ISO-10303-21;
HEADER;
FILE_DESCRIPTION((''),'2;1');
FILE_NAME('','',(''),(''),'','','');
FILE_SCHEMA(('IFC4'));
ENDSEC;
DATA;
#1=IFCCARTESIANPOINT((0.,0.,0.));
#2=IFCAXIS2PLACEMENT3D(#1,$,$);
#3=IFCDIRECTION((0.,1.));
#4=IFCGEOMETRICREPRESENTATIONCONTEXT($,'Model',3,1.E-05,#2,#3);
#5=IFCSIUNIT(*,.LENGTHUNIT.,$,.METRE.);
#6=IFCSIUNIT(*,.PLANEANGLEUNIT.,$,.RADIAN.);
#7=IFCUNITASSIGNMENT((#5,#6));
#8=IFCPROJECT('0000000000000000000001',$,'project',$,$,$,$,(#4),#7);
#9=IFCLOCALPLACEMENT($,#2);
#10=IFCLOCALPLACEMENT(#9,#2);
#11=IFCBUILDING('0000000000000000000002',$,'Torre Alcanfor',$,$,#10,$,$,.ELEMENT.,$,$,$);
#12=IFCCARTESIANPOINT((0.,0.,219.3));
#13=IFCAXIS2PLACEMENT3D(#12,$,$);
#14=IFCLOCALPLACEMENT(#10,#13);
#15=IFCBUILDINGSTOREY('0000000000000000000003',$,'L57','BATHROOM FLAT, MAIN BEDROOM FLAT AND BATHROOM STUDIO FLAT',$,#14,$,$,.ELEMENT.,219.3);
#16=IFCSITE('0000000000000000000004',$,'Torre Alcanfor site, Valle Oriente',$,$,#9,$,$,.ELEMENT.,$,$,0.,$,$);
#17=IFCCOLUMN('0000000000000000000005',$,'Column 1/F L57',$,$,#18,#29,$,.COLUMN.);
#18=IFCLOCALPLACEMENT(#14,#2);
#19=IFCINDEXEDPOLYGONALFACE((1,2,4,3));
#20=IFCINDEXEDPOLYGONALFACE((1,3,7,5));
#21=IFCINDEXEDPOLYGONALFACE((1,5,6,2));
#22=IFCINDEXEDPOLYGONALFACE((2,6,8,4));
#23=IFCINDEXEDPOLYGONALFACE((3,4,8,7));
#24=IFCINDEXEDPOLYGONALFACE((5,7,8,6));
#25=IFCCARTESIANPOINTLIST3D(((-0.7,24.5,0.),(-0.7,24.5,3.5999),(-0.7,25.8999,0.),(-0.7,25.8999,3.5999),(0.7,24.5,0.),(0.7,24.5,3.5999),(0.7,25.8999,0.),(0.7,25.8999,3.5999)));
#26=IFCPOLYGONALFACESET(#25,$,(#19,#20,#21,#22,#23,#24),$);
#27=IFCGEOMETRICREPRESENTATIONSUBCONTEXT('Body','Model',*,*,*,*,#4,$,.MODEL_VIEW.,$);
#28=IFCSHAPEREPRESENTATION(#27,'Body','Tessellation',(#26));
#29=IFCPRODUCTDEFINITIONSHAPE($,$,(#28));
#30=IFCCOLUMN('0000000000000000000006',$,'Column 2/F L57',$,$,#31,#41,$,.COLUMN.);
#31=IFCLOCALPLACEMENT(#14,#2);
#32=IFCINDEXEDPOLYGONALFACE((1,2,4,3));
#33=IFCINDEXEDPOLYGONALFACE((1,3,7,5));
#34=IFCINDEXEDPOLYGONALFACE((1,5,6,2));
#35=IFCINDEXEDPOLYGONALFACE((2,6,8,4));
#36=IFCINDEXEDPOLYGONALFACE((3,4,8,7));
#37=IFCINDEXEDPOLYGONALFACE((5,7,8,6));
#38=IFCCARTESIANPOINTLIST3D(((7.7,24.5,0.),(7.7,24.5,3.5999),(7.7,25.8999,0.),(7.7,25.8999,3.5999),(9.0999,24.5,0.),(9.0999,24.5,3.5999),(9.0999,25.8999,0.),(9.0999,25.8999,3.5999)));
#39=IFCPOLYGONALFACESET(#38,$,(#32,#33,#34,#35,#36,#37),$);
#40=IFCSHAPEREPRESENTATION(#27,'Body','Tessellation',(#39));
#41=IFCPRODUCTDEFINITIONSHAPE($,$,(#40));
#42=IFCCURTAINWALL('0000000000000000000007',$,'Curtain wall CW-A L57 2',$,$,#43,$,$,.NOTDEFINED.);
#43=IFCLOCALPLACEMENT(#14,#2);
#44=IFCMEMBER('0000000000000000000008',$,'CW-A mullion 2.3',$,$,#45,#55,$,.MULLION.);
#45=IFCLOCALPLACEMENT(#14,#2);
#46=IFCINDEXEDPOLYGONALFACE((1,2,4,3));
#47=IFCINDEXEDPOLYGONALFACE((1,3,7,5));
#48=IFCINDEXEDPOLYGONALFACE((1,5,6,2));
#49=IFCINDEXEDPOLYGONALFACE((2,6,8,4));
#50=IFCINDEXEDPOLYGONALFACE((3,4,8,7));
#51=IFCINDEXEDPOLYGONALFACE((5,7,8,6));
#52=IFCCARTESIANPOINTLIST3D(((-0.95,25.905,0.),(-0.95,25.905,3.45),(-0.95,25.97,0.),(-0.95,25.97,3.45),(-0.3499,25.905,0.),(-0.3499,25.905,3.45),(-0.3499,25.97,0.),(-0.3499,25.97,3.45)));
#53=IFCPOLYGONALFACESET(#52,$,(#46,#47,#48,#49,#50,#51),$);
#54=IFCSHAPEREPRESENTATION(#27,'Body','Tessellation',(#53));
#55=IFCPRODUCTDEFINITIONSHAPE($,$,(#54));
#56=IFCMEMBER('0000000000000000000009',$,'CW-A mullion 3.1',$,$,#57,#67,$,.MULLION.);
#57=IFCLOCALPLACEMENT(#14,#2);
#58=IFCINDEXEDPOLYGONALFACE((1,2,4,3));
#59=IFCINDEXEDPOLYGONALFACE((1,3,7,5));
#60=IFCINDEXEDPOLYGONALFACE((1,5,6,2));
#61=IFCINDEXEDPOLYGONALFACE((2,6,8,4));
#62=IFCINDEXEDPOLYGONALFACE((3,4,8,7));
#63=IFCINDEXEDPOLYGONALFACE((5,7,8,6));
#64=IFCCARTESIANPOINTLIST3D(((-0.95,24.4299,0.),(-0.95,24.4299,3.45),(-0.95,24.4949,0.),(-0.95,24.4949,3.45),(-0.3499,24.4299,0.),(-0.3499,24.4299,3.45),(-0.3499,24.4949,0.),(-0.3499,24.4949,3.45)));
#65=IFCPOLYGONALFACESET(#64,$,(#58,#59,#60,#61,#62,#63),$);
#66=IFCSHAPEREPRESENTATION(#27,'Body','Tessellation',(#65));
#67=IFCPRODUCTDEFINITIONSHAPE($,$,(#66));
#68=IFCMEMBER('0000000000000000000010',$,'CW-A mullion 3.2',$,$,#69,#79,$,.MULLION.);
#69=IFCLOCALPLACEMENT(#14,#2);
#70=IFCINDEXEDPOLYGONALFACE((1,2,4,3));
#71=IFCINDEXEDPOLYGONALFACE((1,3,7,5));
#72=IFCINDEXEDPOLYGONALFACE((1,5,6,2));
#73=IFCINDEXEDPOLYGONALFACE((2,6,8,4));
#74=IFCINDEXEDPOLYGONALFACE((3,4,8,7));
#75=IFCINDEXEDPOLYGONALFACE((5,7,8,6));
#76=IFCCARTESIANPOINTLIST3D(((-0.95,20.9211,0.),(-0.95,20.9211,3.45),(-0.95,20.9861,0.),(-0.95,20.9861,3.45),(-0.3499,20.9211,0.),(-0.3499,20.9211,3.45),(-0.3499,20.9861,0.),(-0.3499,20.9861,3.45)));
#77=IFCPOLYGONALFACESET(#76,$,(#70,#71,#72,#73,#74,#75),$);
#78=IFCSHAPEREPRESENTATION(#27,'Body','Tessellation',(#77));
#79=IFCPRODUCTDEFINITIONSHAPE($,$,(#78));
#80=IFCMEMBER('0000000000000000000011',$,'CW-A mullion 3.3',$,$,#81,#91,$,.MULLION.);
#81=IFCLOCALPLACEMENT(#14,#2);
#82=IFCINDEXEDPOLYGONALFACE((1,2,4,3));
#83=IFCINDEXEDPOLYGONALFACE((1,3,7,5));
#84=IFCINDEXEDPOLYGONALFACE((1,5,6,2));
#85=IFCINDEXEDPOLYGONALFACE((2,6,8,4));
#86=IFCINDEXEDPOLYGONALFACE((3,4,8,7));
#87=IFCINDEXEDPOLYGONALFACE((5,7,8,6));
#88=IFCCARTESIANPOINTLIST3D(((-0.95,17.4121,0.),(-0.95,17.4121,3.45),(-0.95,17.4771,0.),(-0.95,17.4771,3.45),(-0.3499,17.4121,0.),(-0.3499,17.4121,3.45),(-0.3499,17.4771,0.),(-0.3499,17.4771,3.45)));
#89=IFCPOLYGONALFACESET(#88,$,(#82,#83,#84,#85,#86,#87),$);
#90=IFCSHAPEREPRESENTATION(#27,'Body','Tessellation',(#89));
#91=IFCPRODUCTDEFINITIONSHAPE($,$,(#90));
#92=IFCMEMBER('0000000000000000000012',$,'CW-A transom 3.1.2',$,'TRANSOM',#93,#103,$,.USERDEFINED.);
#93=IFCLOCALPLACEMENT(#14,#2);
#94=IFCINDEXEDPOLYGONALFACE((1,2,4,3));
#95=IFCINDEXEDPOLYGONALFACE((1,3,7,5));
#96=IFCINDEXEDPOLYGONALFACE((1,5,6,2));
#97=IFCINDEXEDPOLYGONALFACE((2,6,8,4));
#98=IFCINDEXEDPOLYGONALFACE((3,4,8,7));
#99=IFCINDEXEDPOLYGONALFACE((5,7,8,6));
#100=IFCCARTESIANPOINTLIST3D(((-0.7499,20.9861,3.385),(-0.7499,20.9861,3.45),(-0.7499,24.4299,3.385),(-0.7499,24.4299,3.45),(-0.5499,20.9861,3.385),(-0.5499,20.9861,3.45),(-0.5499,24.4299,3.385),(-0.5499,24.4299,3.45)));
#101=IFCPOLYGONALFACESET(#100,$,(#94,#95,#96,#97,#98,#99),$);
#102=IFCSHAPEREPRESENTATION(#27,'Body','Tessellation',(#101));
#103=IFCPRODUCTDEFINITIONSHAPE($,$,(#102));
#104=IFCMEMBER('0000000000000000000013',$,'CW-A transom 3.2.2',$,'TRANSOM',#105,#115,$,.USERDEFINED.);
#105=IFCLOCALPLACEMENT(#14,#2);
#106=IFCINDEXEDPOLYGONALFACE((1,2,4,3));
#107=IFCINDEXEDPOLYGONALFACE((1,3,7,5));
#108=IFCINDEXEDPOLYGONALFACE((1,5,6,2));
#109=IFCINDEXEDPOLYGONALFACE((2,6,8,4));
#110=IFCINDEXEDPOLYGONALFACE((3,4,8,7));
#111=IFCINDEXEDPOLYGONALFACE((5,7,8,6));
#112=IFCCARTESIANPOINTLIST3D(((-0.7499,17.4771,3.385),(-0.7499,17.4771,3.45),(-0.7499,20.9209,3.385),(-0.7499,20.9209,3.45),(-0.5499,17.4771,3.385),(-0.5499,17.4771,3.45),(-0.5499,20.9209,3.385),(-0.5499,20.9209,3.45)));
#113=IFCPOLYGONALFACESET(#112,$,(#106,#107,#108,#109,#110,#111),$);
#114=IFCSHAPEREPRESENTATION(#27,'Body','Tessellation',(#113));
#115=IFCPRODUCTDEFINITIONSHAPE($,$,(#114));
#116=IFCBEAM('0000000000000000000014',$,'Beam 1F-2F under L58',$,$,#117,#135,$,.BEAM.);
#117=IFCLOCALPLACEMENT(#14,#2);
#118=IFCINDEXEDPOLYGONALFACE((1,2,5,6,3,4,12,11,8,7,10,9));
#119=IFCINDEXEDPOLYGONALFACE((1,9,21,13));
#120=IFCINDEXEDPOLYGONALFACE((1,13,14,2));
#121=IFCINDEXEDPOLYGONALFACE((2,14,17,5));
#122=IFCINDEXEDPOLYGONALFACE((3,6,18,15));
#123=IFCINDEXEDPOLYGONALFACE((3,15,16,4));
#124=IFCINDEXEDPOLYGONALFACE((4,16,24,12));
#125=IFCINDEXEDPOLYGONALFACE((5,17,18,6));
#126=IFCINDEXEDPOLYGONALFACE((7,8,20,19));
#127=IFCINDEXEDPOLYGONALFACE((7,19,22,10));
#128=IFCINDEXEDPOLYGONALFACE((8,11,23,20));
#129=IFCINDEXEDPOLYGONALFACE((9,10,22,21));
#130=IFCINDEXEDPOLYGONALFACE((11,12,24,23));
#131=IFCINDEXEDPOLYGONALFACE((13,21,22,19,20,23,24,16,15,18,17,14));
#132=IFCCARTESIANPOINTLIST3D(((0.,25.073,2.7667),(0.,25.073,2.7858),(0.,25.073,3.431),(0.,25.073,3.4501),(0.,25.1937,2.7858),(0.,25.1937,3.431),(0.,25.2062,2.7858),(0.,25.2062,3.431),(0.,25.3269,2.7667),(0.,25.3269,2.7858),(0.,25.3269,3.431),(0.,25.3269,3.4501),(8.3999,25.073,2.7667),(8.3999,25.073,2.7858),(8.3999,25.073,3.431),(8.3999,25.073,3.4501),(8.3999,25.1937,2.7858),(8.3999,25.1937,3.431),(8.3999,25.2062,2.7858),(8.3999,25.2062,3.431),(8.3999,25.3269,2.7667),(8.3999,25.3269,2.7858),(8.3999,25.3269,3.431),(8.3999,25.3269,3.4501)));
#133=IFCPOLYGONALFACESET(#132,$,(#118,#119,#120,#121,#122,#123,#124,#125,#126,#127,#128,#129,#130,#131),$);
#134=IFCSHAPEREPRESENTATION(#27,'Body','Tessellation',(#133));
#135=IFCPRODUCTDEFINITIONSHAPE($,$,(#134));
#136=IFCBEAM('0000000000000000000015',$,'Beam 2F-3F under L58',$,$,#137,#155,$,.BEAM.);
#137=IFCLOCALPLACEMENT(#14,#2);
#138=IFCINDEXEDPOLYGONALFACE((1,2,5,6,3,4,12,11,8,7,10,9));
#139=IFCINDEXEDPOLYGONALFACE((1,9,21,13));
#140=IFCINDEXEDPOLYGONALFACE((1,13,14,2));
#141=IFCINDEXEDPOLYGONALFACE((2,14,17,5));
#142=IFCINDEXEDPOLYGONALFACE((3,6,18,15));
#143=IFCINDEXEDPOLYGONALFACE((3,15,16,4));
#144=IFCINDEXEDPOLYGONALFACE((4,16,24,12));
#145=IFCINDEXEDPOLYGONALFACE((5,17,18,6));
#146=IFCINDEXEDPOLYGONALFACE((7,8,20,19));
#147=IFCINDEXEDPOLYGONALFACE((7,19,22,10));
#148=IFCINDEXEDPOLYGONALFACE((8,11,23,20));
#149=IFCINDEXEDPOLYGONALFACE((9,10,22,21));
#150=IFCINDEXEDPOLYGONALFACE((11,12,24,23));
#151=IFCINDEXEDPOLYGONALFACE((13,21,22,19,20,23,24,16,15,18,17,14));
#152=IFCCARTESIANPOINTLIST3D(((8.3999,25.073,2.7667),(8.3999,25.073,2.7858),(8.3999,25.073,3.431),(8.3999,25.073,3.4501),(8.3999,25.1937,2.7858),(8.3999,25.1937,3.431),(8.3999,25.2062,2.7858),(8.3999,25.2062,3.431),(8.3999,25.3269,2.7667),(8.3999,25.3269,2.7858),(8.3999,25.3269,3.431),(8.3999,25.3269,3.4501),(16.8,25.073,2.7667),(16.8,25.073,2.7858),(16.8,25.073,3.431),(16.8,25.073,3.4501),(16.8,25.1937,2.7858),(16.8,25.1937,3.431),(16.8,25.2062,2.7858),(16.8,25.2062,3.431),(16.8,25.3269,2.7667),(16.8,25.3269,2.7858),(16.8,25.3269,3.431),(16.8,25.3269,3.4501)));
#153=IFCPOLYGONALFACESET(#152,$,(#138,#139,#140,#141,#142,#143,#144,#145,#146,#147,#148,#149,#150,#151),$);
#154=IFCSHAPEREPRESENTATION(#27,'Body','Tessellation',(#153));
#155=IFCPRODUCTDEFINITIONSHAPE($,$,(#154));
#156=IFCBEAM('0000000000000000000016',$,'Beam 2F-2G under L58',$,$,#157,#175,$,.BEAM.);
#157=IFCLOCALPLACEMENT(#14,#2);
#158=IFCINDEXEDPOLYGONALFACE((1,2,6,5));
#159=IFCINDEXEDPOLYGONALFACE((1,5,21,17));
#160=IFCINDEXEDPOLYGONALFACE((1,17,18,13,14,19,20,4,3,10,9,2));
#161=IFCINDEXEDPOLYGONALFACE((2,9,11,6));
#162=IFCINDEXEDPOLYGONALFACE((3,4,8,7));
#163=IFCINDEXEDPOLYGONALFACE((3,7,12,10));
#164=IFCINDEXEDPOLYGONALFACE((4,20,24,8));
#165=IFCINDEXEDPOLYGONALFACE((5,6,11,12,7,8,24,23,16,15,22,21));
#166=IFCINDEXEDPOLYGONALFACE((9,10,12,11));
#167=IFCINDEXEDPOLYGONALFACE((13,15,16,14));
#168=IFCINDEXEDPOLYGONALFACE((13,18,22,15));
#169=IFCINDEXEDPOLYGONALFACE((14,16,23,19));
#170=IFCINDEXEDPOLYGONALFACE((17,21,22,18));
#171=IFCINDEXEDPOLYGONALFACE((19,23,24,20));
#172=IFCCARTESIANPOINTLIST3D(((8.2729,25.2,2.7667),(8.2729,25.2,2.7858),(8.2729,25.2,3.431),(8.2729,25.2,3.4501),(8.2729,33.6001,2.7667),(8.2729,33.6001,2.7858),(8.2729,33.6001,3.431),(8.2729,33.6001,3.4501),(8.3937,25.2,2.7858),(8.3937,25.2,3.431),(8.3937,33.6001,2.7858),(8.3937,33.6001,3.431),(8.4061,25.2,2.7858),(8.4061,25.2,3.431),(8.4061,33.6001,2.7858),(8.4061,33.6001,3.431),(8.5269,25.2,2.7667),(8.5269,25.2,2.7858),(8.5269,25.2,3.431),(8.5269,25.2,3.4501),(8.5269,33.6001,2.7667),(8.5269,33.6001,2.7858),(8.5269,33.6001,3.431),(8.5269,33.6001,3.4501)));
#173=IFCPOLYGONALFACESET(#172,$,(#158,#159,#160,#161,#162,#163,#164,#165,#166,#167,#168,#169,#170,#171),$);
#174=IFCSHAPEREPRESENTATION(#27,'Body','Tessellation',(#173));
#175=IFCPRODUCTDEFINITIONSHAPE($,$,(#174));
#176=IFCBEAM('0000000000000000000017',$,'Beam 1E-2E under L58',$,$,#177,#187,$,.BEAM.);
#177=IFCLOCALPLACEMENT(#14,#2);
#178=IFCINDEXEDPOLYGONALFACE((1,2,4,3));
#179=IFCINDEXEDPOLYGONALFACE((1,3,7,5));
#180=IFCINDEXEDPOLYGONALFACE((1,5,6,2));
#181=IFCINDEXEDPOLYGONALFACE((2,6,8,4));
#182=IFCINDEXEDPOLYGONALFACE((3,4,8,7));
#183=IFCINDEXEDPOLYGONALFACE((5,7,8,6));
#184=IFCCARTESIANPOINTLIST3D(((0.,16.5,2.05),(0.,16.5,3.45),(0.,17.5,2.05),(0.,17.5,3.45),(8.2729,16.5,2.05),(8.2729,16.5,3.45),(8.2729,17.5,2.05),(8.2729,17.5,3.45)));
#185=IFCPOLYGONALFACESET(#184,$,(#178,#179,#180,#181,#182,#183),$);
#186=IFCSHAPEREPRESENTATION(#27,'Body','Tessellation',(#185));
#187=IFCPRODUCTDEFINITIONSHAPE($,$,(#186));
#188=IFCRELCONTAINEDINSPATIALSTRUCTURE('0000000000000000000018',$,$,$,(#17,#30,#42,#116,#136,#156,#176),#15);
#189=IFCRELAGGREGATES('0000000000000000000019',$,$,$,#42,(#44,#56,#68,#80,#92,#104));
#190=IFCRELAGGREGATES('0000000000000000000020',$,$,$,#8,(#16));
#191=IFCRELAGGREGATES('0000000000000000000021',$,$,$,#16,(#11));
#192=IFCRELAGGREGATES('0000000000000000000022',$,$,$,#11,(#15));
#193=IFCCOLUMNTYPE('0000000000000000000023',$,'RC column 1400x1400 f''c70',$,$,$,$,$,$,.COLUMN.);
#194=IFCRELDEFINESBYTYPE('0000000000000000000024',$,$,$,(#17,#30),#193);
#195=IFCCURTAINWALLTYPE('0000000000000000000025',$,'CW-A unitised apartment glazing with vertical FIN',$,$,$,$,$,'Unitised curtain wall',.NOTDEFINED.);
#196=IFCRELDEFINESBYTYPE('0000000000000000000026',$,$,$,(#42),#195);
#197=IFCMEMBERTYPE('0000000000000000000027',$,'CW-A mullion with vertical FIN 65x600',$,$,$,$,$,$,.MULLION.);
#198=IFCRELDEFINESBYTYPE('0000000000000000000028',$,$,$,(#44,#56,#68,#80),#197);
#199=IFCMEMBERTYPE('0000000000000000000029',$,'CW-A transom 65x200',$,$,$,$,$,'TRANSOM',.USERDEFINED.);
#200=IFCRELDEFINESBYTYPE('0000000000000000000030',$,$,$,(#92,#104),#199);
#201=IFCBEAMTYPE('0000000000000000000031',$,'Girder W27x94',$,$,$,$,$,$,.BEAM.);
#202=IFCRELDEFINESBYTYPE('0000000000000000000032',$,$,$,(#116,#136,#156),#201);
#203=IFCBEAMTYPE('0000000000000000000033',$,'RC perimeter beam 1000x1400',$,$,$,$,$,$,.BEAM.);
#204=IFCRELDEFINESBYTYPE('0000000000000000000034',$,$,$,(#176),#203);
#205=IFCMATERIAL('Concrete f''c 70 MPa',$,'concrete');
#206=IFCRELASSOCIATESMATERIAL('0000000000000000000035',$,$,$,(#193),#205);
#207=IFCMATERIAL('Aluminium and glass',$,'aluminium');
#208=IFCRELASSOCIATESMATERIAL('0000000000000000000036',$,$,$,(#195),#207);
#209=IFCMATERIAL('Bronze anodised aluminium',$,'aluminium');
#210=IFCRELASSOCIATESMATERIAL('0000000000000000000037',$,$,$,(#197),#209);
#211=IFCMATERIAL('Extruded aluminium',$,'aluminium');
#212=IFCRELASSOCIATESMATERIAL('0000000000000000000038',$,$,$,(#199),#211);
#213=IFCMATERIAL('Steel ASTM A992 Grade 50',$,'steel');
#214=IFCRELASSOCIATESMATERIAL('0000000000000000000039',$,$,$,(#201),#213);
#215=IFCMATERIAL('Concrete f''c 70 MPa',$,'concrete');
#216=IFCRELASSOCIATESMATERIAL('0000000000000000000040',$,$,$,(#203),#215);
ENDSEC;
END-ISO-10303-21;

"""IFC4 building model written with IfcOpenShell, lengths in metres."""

from ifc_helpers import new_model, si_unit, direction, frame, origin, origin_2d, place, context, subcontext, project, spatial, rectangle, i_section, extrude, material, material_profile, profile_set, type_object, element, aggregate, save


model = new_model("IFC4")

# Units and contexts
model_context = context("Model", 3, precision=1e-05, world=origin(), true_north=direction((0.0, 1.0)))
body_context = subcontext(model_context, "Body", "Model", "MODEL_VIEW")
ifc_project = project(units=[si_unit("LENGTHUNIT", "METRE"), si_unit("PLANEANGLEUNIT", "RADIAN")], contexts=[model_context])

# Site, building, storey
site_placement = place(None, origin())
site = spatial("IfcSite", under=ifc_project, at=site_placement, Name="Torre Alcanfor site, Valle Oriente", CompositionType="ELEMENT", RefElevation=0.0)
building_placement = place(site_placement, origin())
building = spatial("IfcBuilding", under=site, at=building_placement, Name="Torre Alcanfor", CompositionType="ELEMENT")
storey_placement = place(building_placement, frame((0.0, 0.0, 219.3)))
storey = spatial("IfcBuildingStorey", under=building, at=storey_placement, Name="L57", Description="BATHROOM FLAT, MAIN BEDROOM FLAT AND BATHROOM STUDIO FLAT", CompositionType="ELEMENT", Elevation=219.3)

# Columns
ifc_material_1 = material(Name="Concrete f'c 70 MPa", Category="concrete")
ifc_material_profile_1 = material_profile(ifc_material_1, rectangle(XDim=1.3999, YDim=1.3999, at=origin_2d()), Name="1400x1400")
ifc_profile_set_1 = profile_set([ifc_material_profile_1], Name="Concrete f'c 70 MPa")
column_type = type_object("IfcColumnType", Name="RC column 1400x1400 f'c70", PredefinedType="COLUMN", material=ifc_profile_set_1)
for number, where, z_axis, x_axis, name in (
    (1, (0.0, 25.2, 0.0), (0.0, 0.0, 1.0), (1.0, 0.0, 0.0), "Column 1/F L57"),
    (2, (8.3999, 25.2, 0.0), (0.0, 0.0, 1.0), (1.0, 0.0, 0.0), "Column 2/F L57"),
):
    element("IfcColumn", number, at=place(storey_placement, frame(where, z_axis=z_axis, x_axis=x_axis)), inside=storey, type_object=column_type, Name=name, PredefinedType="COLUMN", context=body_context, shape_type="SweptSolid", body=[
        extrude(rectangle(XDim=1.3999, YDim=1.3999, at=origin_2d()), origin(), (0.0, 0.0, 1.0), 3.5999),
    ])

# Curtain wall, members
ifc_material_2 = material(Name="Aluminium and glass", Category="aluminium")
curtain_wall_type = type_object("IfcCurtainWallType", Name="CW-A unitised apartment glazing with vertical FIN", ElementType="Unitised curtain wall", PredefinedType="NOTDEFINED", material=ifc_material_2)
curtain_wall_placement = place(storey_placement, origin())
curtain_wall = element("IfcCurtainWall", 3, at=curtain_wall_placement, inside=storey, type_object=curtain_wall_type, Name="Curtain wall CW-A L57 2", PredefinedType="NOTDEFINED")
ifc_material_3 = material(Name="Bronze anodised aluminium", Category="aluminium")
ifc_material_profile_2 = material_profile(ifc_material_3, rectangle(XDim=0.6001, YDim=0.0649, at=origin_2d()), Name="CW-A mullion 65x600")
ifc_profile_set_2 = profile_set([ifc_material_profile_2], Name="Bronze anodised aluminium")
member_type_1 = type_object("IfcMemberType", Name="CW-A mullion with vertical FIN 65x600", PredefinedType="MULLION", material=ifc_profile_set_2)
member_1_placement = place(storey_placement, frame((-0.6499, 25.9375, 0.0), z_axis=(0.0, 0.0, 1.0), x_axis=(1.0, 0.0, 0.0)))
member_1 = element("IfcMember", 4, at=member_1_placement, type_object=member_type_1, Name="CW-A mullion 2.3", PredefinedType="MULLION", context=body_context, shape_type="SweptSolid", body=[
    extrude(rectangle(XDim=0.6001, YDim=0.0649, at=origin_2d()), origin(), (0.0, 0.0, 1.0), 3.45),
])
member_2_placement = place(storey_placement, frame((-0.6499, 24.4624, 0.0), z_axis=(0.0, 0.0, 1.0), x_axis=(1.0, 0.0, 0.0)))
member_2 = element("IfcMember", 5, at=member_2_placement, type_object=member_type_1, Name="CW-A mullion 3.1", PredefinedType="MULLION", context=body_context, shape_type="SweptSolid", body=[
    extrude(rectangle(XDim=0.6001, YDim=0.0649, at=origin_2d()), origin(), (0.0, 0.0, 1.0), 3.45),
])
member_3_placement = place(storey_placement, frame((-0.6499, 20.9536, 0.0), z_axis=(0.0, 0.0, 1.0), x_axis=(1.0, 0.0, 0.0)))
member_3 = element("IfcMember", 6, at=member_3_placement, type_object=member_type_1, Name="CW-A mullion 3.2", PredefinedType="MULLION", context=body_context, shape_type="SweptSolid", body=[
    extrude(rectangle(XDim=0.6001, YDim=0.0649, at=origin_2d()), origin(), (0.0, 0.0, 1.0), 3.45),
])
member_4_placement = place(storey_placement, frame((-0.6499, 17.4446, 0.0), z_axis=(0.0, 0.0, 1.0), x_axis=(1.0, 0.0, 0.0)))
member_4 = element("IfcMember", 7, at=member_4_placement, type_object=member_type_1, Name="CW-A mullion 3.3", PredefinedType="MULLION", context=body_context, shape_type="SweptSolid", body=[
    extrude(rectangle(XDim=0.6001, YDim=0.0649, at=origin_2d()), origin(), (0.0, 0.0, 1.0), 3.45),
])
ifc_material_4 = material(Name="Extruded aluminium", Category="aluminium")
ifc_material_profile_3 = material_profile(ifc_material_4, rectangle(XDim=0.2, YDim=0.0649, at=origin_2d()), Name="CW-A transom 200x65")
ifc_profile_set_3 = profile_set([ifc_material_profile_3], Name="Extruded aluminium")
member_type_2 = type_object("IfcMemberType", Name="CW-A transom 65x200", ElementType="TRANSOM", PredefinedType="USERDEFINED", material=ifc_profile_set_3)
member_5_placement = place(storey_placement, frame((-0.6499, 24.4299, 3.4175), z_axis=(0.0, -1.0, 0.0), x_axis=(1.0, 0.0, 0.0)))
member_5 = element("IfcMember", 8, at=member_5_placement, type_object=member_type_2, Name="CW-A transom 3.1.2", ObjectType="TRANSOM", PredefinedType="USERDEFINED", context=body_context, shape_type="SweptSolid", body=[
    extrude(rectangle(XDim=0.2, YDim=0.0649, at=origin_2d()), origin(), (0.0, 0.0, 1.0), 3.4438),
])
member_6_placement = place(storey_placement, frame((-0.6499, 20.9209, 3.4175), z_axis=(0.0, -1.0, 0.0), x_axis=(1.0, 0.0, 0.0)))
member_6 = element("IfcMember", 9, at=member_6_placement, type_object=member_type_2, Name="CW-A transom 3.2.2", ObjectType="TRANSOM", PredefinedType="USERDEFINED", context=body_context, shape_type="SweptSolid", body=[
    extrude(rectangle(XDim=0.2, YDim=0.0649, at=origin_2d()), origin(), (0.0, 0.0, 1.0), 3.4438),
])

# Beams
ifc_material_5 = material(Name="Steel ASTM A992 Grade 50", Category="steel")
ifc_material_profile_4 = material_profile(ifc_material_5, i_section(OverallWidth=0.2539, OverallDepth=0.6833, WebThickness=0.0125, FlangeThickness=0.019, at=origin_2d()), Name="W27x94")
ifc_profile_set_4 = profile_set([ifc_material_profile_4], Name="Steel ASTM A992 Grade 50")
beam_type_1 = type_object("IfcBeamType", Name="Girder W27x94", PredefinedType="BEAM", material=ifc_profile_set_4)
beam_1_placement = place(storey_placement, frame((0.0, 25.2, 3.1084), z_axis=(1.0, 0.0, 0.0), x_axis=(0.0, 1.0, 0.0)))
element("IfcBeam", 10, at=beam_1_placement, inside=storey, type_object=beam_type_1, Name="Beam 1F-2F under L58", PredefinedType="BEAM", context=body_context, shape_type="SweptSolid", body=[
    extrude(i_section(OverallWidth=0.2539, OverallDepth=0.6833, WebThickness=0.0125, FlangeThickness=0.019, at=origin_2d()), origin(), (0.0, 0.0, 1.0), 8.3999),
])
for number, where, z_axis, x_axis, name in (
    (11, (8.3999, 25.2, 3.1084), (1.0, 0.0, 0.0), (0.0, 1.0, 0.0), "Beam 2F-3F under L58"),
    (12, (8.3999, 25.2, 3.1084), (0.0, 1.0, 0.0), (-1.0, 0.0, 0.0), "Beam 2F-2G under L58"),
):
    element("IfcBeam", number, at=place(storey_placement, frame(where, z_axis=z_axis, x_axis=x_axis)), inside=storey, type_object=beam_type_1, Name=name, PredefinedType="BEAM", context=body_context, shape_type="SweptSolid", body=[
        extrude(i_section(OverallWidth=0.2539, OverallDepth=0.6833, WebThickness=0.0125, FlangeThickness=0.019, at=origin_2d()), origin(), (0.0, 0.0, 1.0), 8.4001),
    ])
ifc_material_6 = material(Name="Concrete f'c 70 MPa", Category="concrete")
ifc_material_profile_5 = material_profile(ifc_material_6, rectangle(XDim=1.0, YDim=1.3999, at=origin_2d()), Name="1000x1400")
ifc_profile_set_5 = profile_set([ifc_material_profile_5], Name="Concrete f'c 70 MPa")
beam_type_2 = type_object("IfcBeamType", Name="RC perimeter beam 1000x1400", PredefinedType="BEAM", material=ifc_profile_set_5)
beam_2_placement = place(storey_placement, frame((0.0, 17.0, 2.75), z_axis=(1.0, 0.0, 0.0), x_axis=(0.0, 1.0, 0.0)))
element("IfcBeam", 13, at=beam_2_placement, inside=storey, type_object=beam_type_2, Name="Beam 1E-2E under L58", PredefinedType="BEAM", context=body_context, shape_type="SweptSolid", body=[
    extrude(rectangle(XDim=1.0, YDim=1.3999, at=origin_2d()), origin(), (0.0, 0.0, 1.0), 8.2729),
])

aggregate(curtain_wall, [member_1, member_2, member_3, member_4, member_5, member_6])

save(model, "model.ifc")
